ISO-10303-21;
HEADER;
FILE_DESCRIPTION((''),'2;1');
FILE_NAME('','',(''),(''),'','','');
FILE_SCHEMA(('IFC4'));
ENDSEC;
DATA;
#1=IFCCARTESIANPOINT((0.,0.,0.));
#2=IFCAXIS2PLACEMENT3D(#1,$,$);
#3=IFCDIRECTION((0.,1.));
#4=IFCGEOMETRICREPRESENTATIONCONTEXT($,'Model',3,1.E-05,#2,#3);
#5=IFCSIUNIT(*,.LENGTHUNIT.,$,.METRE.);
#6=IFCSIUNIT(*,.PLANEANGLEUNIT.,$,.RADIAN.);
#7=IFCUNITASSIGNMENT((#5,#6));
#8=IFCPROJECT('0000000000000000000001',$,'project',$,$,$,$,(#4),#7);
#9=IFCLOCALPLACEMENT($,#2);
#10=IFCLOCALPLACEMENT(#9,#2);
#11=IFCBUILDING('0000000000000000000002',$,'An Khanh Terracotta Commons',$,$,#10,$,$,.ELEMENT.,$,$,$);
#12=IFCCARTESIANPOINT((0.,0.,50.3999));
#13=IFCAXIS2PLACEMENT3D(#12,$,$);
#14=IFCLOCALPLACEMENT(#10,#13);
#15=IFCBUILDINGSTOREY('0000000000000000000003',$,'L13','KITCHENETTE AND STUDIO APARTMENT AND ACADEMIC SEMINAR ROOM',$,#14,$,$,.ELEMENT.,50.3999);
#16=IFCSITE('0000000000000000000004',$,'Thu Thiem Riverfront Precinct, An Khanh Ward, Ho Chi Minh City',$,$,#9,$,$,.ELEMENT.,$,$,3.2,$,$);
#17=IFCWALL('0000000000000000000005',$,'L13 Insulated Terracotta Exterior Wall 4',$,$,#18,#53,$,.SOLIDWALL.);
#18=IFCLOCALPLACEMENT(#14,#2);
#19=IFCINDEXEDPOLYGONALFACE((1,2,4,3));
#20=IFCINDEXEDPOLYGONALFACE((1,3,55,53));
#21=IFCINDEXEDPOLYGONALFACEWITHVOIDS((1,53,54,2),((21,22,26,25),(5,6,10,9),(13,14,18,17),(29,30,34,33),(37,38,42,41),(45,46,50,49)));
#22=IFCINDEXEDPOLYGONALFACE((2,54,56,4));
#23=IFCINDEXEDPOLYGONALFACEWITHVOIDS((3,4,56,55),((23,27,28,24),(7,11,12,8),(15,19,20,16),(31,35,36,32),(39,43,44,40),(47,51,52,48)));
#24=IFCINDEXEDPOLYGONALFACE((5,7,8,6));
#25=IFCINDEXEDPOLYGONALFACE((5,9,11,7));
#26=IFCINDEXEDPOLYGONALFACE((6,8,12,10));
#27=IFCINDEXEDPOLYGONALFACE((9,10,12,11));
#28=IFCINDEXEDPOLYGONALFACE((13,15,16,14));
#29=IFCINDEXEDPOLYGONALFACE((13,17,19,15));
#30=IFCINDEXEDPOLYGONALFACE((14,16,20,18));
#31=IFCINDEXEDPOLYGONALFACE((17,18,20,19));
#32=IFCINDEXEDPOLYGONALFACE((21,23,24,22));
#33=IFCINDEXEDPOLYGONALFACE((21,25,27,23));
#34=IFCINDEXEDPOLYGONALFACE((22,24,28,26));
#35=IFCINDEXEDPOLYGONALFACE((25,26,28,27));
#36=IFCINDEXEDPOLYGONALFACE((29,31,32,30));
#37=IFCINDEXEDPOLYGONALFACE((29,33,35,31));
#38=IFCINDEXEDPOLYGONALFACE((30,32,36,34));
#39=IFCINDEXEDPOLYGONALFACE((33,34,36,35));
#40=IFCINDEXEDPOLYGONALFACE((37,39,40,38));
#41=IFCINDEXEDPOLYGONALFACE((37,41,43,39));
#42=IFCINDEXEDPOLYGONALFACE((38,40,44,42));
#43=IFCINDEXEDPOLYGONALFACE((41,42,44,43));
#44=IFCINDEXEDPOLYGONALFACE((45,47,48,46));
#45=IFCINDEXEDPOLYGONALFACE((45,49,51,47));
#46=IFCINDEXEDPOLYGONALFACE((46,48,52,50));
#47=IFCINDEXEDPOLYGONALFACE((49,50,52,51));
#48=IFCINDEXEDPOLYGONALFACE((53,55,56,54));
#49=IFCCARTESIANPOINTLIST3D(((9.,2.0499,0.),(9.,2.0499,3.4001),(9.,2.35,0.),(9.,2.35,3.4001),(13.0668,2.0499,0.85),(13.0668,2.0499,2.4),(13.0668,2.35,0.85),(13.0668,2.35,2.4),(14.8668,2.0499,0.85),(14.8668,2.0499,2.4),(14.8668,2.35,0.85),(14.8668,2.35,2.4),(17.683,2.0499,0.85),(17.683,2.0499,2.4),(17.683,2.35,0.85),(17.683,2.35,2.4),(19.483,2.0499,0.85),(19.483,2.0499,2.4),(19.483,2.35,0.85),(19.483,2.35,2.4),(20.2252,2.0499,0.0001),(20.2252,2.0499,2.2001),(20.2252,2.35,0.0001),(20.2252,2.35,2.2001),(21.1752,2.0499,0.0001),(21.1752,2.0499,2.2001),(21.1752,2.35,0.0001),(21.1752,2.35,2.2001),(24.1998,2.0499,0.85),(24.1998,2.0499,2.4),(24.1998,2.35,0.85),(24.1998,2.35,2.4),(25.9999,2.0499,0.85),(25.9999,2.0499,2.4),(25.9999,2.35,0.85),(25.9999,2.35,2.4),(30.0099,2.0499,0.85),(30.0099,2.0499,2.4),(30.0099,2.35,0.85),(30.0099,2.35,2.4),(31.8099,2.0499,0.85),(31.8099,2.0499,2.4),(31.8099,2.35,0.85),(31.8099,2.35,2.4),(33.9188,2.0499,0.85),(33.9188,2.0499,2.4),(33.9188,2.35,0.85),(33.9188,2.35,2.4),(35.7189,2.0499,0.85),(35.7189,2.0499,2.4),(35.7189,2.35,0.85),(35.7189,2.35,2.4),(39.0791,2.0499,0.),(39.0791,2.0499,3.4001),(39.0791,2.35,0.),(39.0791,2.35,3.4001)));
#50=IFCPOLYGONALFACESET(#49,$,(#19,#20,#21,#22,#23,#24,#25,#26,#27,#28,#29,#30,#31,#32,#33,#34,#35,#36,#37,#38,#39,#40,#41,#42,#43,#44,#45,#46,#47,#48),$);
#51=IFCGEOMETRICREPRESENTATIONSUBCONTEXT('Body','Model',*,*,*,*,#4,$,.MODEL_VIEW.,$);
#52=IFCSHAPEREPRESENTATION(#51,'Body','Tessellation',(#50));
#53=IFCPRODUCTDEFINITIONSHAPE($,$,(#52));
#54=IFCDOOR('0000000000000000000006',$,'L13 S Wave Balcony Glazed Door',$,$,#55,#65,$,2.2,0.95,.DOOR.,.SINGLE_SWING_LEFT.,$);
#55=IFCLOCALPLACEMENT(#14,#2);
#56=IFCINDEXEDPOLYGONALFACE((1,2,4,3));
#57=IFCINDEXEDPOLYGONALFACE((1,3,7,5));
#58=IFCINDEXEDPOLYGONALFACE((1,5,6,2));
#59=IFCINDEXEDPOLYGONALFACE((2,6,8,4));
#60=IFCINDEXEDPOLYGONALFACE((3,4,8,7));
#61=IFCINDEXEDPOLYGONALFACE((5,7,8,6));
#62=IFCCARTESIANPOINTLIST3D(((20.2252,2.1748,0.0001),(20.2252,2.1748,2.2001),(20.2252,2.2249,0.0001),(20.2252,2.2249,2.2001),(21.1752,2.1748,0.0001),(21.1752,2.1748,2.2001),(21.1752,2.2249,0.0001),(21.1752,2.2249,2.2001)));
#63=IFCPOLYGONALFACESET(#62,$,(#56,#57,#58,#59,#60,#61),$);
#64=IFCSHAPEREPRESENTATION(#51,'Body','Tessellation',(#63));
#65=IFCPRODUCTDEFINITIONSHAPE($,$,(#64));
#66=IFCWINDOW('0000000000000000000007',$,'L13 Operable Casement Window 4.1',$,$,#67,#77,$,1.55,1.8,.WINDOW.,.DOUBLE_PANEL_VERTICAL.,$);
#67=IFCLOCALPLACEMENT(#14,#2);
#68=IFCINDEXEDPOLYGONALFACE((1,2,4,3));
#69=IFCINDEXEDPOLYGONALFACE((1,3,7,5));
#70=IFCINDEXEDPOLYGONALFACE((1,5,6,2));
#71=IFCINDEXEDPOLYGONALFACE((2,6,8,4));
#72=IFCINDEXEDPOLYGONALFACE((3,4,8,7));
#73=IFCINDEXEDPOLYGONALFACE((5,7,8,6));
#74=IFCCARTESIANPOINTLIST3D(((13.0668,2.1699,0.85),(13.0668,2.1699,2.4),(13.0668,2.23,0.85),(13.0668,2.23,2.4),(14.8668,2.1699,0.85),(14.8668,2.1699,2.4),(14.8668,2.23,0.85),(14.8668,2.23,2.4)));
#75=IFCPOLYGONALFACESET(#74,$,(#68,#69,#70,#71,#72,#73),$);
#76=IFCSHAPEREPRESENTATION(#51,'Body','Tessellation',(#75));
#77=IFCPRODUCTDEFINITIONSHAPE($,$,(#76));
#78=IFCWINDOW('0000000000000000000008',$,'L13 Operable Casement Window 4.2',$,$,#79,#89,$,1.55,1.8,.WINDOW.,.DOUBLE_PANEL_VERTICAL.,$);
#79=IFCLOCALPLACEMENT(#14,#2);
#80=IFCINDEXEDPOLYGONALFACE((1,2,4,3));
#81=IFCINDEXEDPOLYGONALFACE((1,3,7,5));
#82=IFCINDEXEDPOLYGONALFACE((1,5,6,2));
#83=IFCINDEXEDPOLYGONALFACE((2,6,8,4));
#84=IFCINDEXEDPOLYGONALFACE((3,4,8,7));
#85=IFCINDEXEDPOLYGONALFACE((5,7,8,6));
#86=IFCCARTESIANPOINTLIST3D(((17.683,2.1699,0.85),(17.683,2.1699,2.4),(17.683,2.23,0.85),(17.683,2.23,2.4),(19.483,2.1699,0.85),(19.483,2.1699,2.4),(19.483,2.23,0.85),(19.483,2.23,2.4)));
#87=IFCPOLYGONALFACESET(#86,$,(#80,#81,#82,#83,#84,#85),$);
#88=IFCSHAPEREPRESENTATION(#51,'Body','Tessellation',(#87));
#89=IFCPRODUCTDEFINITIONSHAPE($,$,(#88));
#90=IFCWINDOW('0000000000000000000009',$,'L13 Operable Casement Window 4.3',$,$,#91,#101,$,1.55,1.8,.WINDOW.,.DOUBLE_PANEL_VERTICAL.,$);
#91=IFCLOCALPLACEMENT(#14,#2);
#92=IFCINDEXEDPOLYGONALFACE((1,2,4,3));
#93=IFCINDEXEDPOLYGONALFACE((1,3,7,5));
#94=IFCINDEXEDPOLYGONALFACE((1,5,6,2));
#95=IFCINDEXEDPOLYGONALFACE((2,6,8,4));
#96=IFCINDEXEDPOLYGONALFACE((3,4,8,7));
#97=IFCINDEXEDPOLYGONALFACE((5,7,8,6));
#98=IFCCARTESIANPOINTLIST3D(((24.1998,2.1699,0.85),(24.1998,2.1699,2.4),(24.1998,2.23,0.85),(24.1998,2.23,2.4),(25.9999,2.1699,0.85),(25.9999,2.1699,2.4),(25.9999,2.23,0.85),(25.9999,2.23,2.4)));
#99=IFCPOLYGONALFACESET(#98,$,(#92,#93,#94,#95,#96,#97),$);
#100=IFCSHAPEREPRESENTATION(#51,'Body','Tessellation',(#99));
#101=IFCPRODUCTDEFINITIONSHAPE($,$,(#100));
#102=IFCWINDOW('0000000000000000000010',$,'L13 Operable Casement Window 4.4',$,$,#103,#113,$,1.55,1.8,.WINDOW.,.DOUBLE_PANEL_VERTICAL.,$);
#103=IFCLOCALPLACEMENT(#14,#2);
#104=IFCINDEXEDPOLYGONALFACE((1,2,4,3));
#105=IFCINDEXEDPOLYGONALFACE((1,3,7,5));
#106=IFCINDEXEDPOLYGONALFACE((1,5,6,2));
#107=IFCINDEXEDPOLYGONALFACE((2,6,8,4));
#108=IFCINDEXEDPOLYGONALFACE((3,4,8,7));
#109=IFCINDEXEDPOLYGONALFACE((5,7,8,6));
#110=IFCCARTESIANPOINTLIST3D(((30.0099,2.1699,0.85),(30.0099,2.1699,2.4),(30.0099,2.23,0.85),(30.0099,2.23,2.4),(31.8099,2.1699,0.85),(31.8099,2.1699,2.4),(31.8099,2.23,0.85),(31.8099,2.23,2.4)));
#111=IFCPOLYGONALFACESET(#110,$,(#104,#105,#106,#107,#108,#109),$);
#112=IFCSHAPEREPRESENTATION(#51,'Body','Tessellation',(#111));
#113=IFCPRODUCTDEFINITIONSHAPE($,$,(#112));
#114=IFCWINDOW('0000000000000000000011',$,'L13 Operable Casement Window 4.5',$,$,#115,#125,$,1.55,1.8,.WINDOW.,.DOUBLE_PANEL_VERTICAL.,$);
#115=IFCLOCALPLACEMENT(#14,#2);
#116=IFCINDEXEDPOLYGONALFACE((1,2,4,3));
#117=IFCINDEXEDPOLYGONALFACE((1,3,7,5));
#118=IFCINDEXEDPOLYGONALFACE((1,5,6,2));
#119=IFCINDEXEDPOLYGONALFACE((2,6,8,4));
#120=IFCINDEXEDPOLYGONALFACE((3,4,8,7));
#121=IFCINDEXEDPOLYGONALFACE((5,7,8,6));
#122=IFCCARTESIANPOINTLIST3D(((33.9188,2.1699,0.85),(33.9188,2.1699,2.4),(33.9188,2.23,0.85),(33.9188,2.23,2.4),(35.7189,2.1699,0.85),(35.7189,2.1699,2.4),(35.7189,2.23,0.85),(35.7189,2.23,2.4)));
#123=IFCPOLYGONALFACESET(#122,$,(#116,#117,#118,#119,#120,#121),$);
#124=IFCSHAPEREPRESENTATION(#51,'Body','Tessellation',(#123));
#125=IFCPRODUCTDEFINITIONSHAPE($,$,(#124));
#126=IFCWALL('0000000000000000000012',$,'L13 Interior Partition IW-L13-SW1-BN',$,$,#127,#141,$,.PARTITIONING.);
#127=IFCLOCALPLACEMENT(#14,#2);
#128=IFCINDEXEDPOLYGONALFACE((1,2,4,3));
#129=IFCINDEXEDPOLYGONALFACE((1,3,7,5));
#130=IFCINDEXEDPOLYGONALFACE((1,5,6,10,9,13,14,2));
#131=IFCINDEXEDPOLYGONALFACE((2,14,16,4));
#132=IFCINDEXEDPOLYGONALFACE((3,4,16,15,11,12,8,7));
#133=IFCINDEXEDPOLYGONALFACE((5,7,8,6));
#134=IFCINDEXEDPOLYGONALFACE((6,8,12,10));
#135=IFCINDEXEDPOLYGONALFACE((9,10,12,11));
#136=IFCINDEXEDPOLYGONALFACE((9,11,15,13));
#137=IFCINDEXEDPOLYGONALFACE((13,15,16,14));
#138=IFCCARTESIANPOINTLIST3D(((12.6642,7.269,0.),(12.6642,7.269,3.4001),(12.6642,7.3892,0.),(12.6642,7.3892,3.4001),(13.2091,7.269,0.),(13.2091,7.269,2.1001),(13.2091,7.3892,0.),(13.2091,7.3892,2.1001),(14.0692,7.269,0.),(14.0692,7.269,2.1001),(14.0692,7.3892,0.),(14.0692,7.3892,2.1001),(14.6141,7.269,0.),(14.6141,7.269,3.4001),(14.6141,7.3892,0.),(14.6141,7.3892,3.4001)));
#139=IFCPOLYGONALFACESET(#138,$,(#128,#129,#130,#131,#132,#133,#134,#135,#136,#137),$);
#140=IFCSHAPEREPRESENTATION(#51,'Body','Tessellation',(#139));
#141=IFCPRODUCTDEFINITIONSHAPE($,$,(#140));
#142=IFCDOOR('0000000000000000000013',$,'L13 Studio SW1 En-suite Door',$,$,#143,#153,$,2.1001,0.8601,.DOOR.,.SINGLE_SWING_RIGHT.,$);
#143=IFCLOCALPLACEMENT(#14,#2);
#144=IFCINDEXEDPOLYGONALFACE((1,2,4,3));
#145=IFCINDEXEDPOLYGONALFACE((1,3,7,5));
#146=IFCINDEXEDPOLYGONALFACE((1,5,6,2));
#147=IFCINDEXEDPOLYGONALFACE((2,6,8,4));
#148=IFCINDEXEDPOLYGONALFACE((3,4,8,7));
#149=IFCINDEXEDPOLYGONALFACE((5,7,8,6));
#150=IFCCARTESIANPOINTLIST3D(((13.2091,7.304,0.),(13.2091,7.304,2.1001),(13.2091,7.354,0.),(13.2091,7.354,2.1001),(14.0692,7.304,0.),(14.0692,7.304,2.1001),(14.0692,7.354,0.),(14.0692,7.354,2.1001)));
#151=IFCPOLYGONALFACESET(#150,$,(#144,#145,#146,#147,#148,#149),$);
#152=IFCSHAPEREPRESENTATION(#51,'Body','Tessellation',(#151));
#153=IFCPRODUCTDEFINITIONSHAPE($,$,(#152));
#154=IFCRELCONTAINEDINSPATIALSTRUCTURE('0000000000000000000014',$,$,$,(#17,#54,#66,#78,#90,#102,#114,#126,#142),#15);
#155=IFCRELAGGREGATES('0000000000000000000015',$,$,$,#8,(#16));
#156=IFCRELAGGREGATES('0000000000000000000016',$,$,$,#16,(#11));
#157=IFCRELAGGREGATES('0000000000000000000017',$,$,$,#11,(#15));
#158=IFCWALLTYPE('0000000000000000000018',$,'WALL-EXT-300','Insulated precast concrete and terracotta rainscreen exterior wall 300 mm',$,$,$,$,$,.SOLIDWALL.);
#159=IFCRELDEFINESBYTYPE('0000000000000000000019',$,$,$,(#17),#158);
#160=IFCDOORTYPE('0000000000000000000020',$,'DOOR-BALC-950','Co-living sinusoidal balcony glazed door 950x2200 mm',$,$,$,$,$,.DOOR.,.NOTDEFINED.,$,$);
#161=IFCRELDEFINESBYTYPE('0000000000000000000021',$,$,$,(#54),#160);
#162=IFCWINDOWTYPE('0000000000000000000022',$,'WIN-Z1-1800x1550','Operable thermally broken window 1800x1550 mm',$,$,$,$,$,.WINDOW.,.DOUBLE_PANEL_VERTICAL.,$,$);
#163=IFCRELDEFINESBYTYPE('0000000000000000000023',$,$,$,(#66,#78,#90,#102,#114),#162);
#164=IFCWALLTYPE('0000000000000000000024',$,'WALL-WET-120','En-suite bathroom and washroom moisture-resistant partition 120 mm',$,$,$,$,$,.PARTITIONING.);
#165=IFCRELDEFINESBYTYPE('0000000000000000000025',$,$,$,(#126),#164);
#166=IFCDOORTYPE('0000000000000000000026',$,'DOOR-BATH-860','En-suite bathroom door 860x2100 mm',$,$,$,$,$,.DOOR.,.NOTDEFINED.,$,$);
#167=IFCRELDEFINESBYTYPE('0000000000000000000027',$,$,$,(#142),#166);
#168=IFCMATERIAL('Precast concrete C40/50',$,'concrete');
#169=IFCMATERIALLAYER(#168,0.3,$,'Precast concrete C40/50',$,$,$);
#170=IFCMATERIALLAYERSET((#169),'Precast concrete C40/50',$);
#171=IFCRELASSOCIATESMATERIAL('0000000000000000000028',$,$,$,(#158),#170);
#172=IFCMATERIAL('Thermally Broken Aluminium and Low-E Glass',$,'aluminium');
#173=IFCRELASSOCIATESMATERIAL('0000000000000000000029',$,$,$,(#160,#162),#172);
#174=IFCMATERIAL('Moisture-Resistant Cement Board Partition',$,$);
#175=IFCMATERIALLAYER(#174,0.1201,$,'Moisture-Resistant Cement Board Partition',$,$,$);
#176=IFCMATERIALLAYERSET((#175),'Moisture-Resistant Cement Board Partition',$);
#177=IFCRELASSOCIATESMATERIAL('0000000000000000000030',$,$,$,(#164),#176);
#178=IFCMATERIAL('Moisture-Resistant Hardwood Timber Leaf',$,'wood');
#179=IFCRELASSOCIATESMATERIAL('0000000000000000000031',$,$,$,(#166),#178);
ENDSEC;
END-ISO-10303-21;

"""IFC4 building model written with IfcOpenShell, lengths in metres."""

from ifc_helpers import new_model, si_unit, direction, frame, frame_2d, origin, place, context, subcontext, project, spatial, rectangle, extrude, material, layer, layer_set, type_object, element, fill, save


model = new_model("IFC4")

# Units and contexts
model_context = context("Model", 3, precision=1e-05, world=origin(), true_north=direction((0.0, 1.0)))
body_context = subcontext(model_context, "Body", "Model", "MODEL_VIEW")
ifc_project = project(units=[si_unit("LENGTHUNIT", "METRE"), si_unit("PLANEANGLEUNIT", "RADIAN")], contexts=[model_context])

# Site, building, storey
site_placement = place(None, origin())
site = spatial("IfcSite", under=ifc_project, at=site_placement, Name="Thu Thiem Riverfront Precinct, An Khanh Ward, Ho Chi Minh City", CompositionType="ELEMENT", RefElevation=3.2)
building_placement = place(site_placement, origin())
building = spatial("IfcBuilding", under=site, at=building_placement, Name="An Khanh Terracotta Commons", CompositionType="ELEMENT")
storey_placement = place(building_placement, frame((0.0, 0.0, 50.3999)))
storey = spatial("IfcBuildingStorey", under=building, at=storey_placement, Name="L13", Description="KITCHENETTE AND STUDIO APARTMENT AND ACADEMIC SEMINAR ROOM", CompositionType="ELEMENT", Elevation=50.3999)

# Shared definitions
ifc_material_1 = material(Name="Precast concrete C40/50", Category="concrete")
ifc_layer_1 = layer(ifc_material_1, 0.3, Name="Precast concrete C40/50")
ifc_layer_set_1 = layer_set([ifc_layer_1], Name="Precast concrete C40/50")
wall_type_1 = type_object("IfcWallType", Name="WALL-EXT-300", Description="Insulated precast concrete and terracotta rainscreen exterior wall 300 mm", PredefinedType="SOLIDWALL", material=ifc_layer_set_1)

# Wall, openings, door, windows
wall_1_placement = place(storey_placement, frame((9.0, 2.2, 0.0), z_axis=(0.0, 0.0, 1.0), x_axis=(1.0, 0.0, 0.0)))
wall_1 = element("IfcWall", 1, at=wall_1_placement, inside=storey, type_object=wall_type_1, Name="L13 Insulated Terracotta Exterior Wall 4", PredefinedType="SOLIDWALL", context=body_context, shape_type="SweptSolid", body=[
    extrude(rectangle(XDim=30.0791, YDim=0.3, at=frame_2d((15.0396, 0.0))), origin(), (0.0, 0.0, 1.0), 3.4001),
])
opening_1_placement = place(wall_1_placement, frame((11.2251, 0.0, 0.0)))
opening_1 = element("IfcOpeningElement", 2, at=opening_1_placement, cuts=wall_1, PredefinedType="OPENING", context=body_context, shape_type="SweptSolid", body=[
    extrude(rectangle(XDim=0.95, YDim=2.2, at=frame_2d((0.4751, 1.1001))), frame((0.0, 0.1599, 0.0), z_axis=(0.0, -1.0, 0.0), x_axis=(1.0, 0.0, 0.0)), (0.0, 0.0, 1.0), 0.3201),
])
opening_2_placement = place(wall_1_placement, frame((4.0669, 0.0, 0.8501)))
opening_2 = element("IfcOpeningElement", 3, at=opening_2_placement, cuts=wall_1, PredefinedType="OPENING", context=body_context, shape_type="SweptSolid", body=[
    extrude(rectangle(XDim=1.8, YDim=1.55, at=frame_2d((0.8999, 0.7749))), frame((0.0, 0.1599, 0.0), z_axis=(0.0, -1.0, 0.0), x_axis=(1.0, 0.0, 0.0)), (0.0, 0.0, 1.0), 0.3201),
])
opening_3_placement = place(wall_1_placement, frame((8.6831, 0.0, 0.8501)))
opening_3 = element("IfcOpeningElement", 4, at=opening_3_placement, cuts=wall_1, PredefinedType="OPENING", context=body_context, shape_type="SweptSolid", body=[
    extrude(rectangle(XDim=1.8, YDim=1.55, at=frame_2d((0.8999, 0.7749))), frame((0.0, 0.1599, 0.0), z_axis=(0.0, -1.0, 0.0), x_axis=(1.0, 0.0, 0.0)), (0.0, 0.0, 1.0), 0.3201),
])
opening_4_placement = place(wall_1_placement, frame((15.2, 0.0, 0.8501)))
opening_4 = element("IfcOpeningElement", 5, at=opening_4_placement, cuts=wall_1, PredefinedType="OPENING", context=body_context, shape_type="SweptSolid", body=[
    extrude(rectangle(XDim=1.8, YDim=1.55, at=frame_2d((0.8999, 0.7749))), frame((0.0, 0.1599, 0.0), z_axis=(0.0, -1.0, 0.0), x_axis=(1.0, 0.0, 0.0)), (0.0, 0.0, 1.0), 0.3201),
])
opening_5_placement = place(wall_1_placement, frame((21.01, 0.0, 0.8501)))
opening_5 = element("IfcOpeningElement", 6, at=opening_5_placement, cuts=wall_1, PredefinedType="OPENING", context=body_context, shape_type="SweptSolid", body=[
    extrude(rectangle(XDim=1.8, YDim=1.55, at=frame_2d((0.8999, 0.7749))), frame((0.0, 0.1599, 0.0), z_axis=(0.0, -1.0, 0.0), x_axis=(1.0, 0.0, 0.0)), (0.0, 0.0, 1.0), 0.3201),
])
opening_6_placement = place(wall_1_placement, frame((24.9189, 0.0, 0.8501)))
opening_6 = element("IfcOpeningElement", 7, at=opening_6_placement, cuts=wall_1, PredefinedType="OPENING", context=body_context, shape_type="SweptSolid", body=[
    extrude(rectangle(XDim=1.8, YDim=1.55, at=frame_2d((0.8999, 0.7749))), frame((0.0, 0.1599, 0.0), z_axis=(0.0, -1.0, 0.0), x_axis=(1.0, 0.0, 0.0)), (0.0, 0.0, 1.0), 0.3201),
])
ifc_material_2 = material(Name="Thermally Broken Aluminium and Low-E Glass", Category="aluminium")
door_type_1 = type_object("IfcDoorType", Name="DOOR-BALC-950", Description="Co-living sinusoidal balcony glazed door 950x2200 mm", OperationType="NOTDEFINED", PredefinedType="DOOR", material=ifc_material_2)
door_1_placement = place(opening_1_placement, origin())
door_1 = element("IfcDoor", 8, at=door_1_placement, inside=storey, type_object=door_type_1, Name="L13 S Wave Balcony Glazed Door", OperationType="SINGLE_SWING_LEFT", OverallHeight=2.2, OverallWidth=0.95, PredefinedType="DOOR", context=body_context, shape_type="SweptSolid", body=[
    extrude(rectangle(XDim=0.95, YDim=2.2, at=frame_2d((0.4751, 1.1001))), frame((0.0, 0.0249, 0.0), z_axis=(0.0, -1.0, 0.0), x_axis=(1.0, 0.0, 0.0)), (0.0, 0.0, 1.0), 0.05),
])
fill(opening_1, door_1)
window_type = type_object("IfcWindowType", Name="WIN-Z1-1800x1550", Description="Operable thermally broken window 1800x1550 mm", PartitioningType="DOUBLE_PANEL_VERTICAL", PredefinedType="WINDOW", material=ifc_material_2)
window_1_placement = place(opening_2_placement, origin())
window_1 = element("IfcWindow", 9, at=window_1_placement, inside=storey, type_object=window_type, Name="L13 Operable Casement Window 4.1", OverallHeight=1.55, OverallWidth=1.8, PartitioningType="DOUBLE_PANEL_VERTICAL", PredefinedType="WINDOW", context=body_context, shape_type="SweptSolid", body=[
    extrude(rectangle(XDim=1.8, YDim=1.55, at=frame_2d((0.8999, 0.7749))), frame((0.0, 0.03, 0.0), z_axis=(0.0, -1.0, 0.0), x_axis=(1.0, 0.0, 0.0)), (0.0, 0.0, 1.0), 0.0601),
])
fill(opening_2, window_1)
window_2_placement = place(opening_3_placement, origin())
window_2 = element("IfcWindow", 10, at=window_2_placement, inside=storey, type_object=window_type, Name="L13 Operable Casement Window 4.2", OverallHeight=1.55, OverallWidth=1.8, PartitioningType="DOUBLE_PANEL_VERTICAL", PredefinedType="WINDOW", context=body_context, shape_type="SweptSolid", body=[
    extrude(rectangle(XDim=1.8, YDim=1.55, at=frame_2d((0.8999, 0.7749))), frame((0.0, 0.03, 0.0), z_axis=(0.0, -1.0, 0.0), x_axis=(1.0, 0.0, 0.0)), (0.0, 0.0, 1.0), 0.0601),
])
fill(opening_3, window_2)
window_3_placement = place(opening_4_placement, origin())
window_3 = element("IfcWindow", 11, at=window_3_placement, inside=storey, type_object=window_type, Name="L13 Operable Casement Window 4.3", OverallHeight=1.55, OverallWidth=1.8, PartitioningType="DOUBLE_PANEL_VERTICAL", PredefinedType="WINDOW", context=body_context, shape_type="SweptSolid", body=[
    extrude(rectangle(XDim=1.8, YDim=1.55, at=frame_2d((0.8999, 0.7749))), frame((0.0, 0.03, 0.0), z_axis=(0.0, -1.0, 0.0), x_axis=(1.0, 0.0, 0.0)), (0.0, 0.0, 1.0), 0.0601),
])
fill(opening_4, window_3)
window_4_placement = place(opening_5_placement, origin())
window_4 = element("IfcWindow", 12, at=window_4_placement, inside=storey, type_object=window_type, Name="L13 Operable Casement Window 4.4", OverallHeight=1.55, OverallWidth=1.8, PartitioningType="DOUBLE_PANEL_VERTICAL", PredefinedType="WINDOW", context=body_context, shape_type="SweptSolid", body=[
    extrude(rectangle(XDim=1.8, YDim=1.55, at=frame_2d((0.8999, 0.7749))), frame((0.0, 0.03, 0.0), z_axis=(0.0, -1.0, 0.0), x_axis=(1.0, 0.0, 0.0)), (0.0, 0.0, 1.0), 0.0601),
])
fill(opening_5, window_4)
window_5_placement = place(opening_6_placement, origin())
window_5 = element("IfcWindow", 13, at=window_5_placement, inside=storey, type_object=window_type, Name="L13 Operable Casement Window 4.5", OverallHeight=1.55, OverallWidth=1.8, PartitioningType="DOUBLE_PANEL_VERTICAL", PredefinedType="WINDOW", context=body_context, shape_type="SweptSolid", body=[
    extrude(rectangle(XDim=1.8, YDim=1.55, at=frame_2d((0.8999, 0.7749))), frame((0.0, 0.03, 0.0), z_axis=(0.0, -1.0, 0.0), x_axis=(1.0, 0.0, 0.0)), (0.0, 0.0, 1.0), 0.0601),
])
fill(opening_6, window_5)

# Wall, opening, door
ifc_material_3 = material(Name="Moisture-Resistant Cement Board Partition")
ifc_layer_2 = layer(ifc_material_3, 0.1201, Name="Moisture-Resistant Cement Board Partition")
ifc_layer_set_2 = layer_set([ifc_layer_2], Name="Moisture-Resistant Cement Board Partition")
wall_type_2 = type_object("IfcWallType", Name="WALL-WET-120", Description="En-suite bathroom and washroom moisture-resistant partition 120 mm", PredefinedType="PARTITIONING", material=ifc_layer_set_2)
wall_2_placement = place(storey_placement, frame((12.6641, 7.3291, 0.0), z_axis=(0.0, 0.0, 1.0), x_axis=(1.0, 0.0, 0.0)))
wall_2 = element("IfcWall", 14, at=wall_2_placement, inside=storey, type_object=wall_type_2, Name="L13 Interior Partition IW-L13-SW1-BN", PredefinedType="PARTITIONING", context=body_context, shape_type="SweptSolid", body=[
    extrude(rectangle(XDim=1.95, YDim=0.1201, at=frame_2d((0.9751, 0.0))), origin(), (0.0, 0.0, 1.0), 3.4001),
])
opening_7_placement = place(wall_2_placement, frame((0.5449, 0.0, 0.0)))
opening_7 = element("IfcOpeningElement", 15, at=opening_7_placement, cuts=wall_2, PredefinedType="OPENING", context=body_context, shape_type="SweptSolid", body=[
    extrude(rectangle(XDim=0.8601, YDim=2.1001, at=frame_2d((0.4302, 1.05))), frame((0.0, 0.0701, 0.0), z_axis=(0.0, -1.0, 0.0), x_axis=(1.0, 0.0, 0.0)), (0.0, 0.0, 1.0), 0.1401),
])
ifc_material_4 = material(Name="Moisture-Resistant Hardwood Timber Leaf", Category="wood")
door_type_2 = type_object("IfcDoorType", Name="DOOR-BATH-860", Description="En-suite bathroom door 860x2100 mm", OperationType="NOTDEFINED", PredefinedType="DOOR", material=ifc_material_4)
door_2_placement = place(opening_7_placement, origin())
door_2 = element("IfcDoor", 16, at=door_2_placement, inside=storey, type_object=door_type_2, Name="L13 Studio SW1 En-suite Door", OperationType="SINGLE_SWING_RIGHT", OverallHeight=2.1001, OverallWidth=0.8601, PredefinedType="DOOR", context=body_context, shape_type="SweptSolid", body=[
    extrude(rectangle(XDim=0.8601, YDim=2.1001, at=frame_2d((0.4302, 1.05))), frame((0.0, 0.0249, 0.0), z_axis=(0.0, -1.0, 0.0), x_axis=(1.0, 0.0, 0.0)), (0.0, 0.0, 1.0), 0.05),
])
fill(opening_7, door_2)

save(model, "model.ifc")
